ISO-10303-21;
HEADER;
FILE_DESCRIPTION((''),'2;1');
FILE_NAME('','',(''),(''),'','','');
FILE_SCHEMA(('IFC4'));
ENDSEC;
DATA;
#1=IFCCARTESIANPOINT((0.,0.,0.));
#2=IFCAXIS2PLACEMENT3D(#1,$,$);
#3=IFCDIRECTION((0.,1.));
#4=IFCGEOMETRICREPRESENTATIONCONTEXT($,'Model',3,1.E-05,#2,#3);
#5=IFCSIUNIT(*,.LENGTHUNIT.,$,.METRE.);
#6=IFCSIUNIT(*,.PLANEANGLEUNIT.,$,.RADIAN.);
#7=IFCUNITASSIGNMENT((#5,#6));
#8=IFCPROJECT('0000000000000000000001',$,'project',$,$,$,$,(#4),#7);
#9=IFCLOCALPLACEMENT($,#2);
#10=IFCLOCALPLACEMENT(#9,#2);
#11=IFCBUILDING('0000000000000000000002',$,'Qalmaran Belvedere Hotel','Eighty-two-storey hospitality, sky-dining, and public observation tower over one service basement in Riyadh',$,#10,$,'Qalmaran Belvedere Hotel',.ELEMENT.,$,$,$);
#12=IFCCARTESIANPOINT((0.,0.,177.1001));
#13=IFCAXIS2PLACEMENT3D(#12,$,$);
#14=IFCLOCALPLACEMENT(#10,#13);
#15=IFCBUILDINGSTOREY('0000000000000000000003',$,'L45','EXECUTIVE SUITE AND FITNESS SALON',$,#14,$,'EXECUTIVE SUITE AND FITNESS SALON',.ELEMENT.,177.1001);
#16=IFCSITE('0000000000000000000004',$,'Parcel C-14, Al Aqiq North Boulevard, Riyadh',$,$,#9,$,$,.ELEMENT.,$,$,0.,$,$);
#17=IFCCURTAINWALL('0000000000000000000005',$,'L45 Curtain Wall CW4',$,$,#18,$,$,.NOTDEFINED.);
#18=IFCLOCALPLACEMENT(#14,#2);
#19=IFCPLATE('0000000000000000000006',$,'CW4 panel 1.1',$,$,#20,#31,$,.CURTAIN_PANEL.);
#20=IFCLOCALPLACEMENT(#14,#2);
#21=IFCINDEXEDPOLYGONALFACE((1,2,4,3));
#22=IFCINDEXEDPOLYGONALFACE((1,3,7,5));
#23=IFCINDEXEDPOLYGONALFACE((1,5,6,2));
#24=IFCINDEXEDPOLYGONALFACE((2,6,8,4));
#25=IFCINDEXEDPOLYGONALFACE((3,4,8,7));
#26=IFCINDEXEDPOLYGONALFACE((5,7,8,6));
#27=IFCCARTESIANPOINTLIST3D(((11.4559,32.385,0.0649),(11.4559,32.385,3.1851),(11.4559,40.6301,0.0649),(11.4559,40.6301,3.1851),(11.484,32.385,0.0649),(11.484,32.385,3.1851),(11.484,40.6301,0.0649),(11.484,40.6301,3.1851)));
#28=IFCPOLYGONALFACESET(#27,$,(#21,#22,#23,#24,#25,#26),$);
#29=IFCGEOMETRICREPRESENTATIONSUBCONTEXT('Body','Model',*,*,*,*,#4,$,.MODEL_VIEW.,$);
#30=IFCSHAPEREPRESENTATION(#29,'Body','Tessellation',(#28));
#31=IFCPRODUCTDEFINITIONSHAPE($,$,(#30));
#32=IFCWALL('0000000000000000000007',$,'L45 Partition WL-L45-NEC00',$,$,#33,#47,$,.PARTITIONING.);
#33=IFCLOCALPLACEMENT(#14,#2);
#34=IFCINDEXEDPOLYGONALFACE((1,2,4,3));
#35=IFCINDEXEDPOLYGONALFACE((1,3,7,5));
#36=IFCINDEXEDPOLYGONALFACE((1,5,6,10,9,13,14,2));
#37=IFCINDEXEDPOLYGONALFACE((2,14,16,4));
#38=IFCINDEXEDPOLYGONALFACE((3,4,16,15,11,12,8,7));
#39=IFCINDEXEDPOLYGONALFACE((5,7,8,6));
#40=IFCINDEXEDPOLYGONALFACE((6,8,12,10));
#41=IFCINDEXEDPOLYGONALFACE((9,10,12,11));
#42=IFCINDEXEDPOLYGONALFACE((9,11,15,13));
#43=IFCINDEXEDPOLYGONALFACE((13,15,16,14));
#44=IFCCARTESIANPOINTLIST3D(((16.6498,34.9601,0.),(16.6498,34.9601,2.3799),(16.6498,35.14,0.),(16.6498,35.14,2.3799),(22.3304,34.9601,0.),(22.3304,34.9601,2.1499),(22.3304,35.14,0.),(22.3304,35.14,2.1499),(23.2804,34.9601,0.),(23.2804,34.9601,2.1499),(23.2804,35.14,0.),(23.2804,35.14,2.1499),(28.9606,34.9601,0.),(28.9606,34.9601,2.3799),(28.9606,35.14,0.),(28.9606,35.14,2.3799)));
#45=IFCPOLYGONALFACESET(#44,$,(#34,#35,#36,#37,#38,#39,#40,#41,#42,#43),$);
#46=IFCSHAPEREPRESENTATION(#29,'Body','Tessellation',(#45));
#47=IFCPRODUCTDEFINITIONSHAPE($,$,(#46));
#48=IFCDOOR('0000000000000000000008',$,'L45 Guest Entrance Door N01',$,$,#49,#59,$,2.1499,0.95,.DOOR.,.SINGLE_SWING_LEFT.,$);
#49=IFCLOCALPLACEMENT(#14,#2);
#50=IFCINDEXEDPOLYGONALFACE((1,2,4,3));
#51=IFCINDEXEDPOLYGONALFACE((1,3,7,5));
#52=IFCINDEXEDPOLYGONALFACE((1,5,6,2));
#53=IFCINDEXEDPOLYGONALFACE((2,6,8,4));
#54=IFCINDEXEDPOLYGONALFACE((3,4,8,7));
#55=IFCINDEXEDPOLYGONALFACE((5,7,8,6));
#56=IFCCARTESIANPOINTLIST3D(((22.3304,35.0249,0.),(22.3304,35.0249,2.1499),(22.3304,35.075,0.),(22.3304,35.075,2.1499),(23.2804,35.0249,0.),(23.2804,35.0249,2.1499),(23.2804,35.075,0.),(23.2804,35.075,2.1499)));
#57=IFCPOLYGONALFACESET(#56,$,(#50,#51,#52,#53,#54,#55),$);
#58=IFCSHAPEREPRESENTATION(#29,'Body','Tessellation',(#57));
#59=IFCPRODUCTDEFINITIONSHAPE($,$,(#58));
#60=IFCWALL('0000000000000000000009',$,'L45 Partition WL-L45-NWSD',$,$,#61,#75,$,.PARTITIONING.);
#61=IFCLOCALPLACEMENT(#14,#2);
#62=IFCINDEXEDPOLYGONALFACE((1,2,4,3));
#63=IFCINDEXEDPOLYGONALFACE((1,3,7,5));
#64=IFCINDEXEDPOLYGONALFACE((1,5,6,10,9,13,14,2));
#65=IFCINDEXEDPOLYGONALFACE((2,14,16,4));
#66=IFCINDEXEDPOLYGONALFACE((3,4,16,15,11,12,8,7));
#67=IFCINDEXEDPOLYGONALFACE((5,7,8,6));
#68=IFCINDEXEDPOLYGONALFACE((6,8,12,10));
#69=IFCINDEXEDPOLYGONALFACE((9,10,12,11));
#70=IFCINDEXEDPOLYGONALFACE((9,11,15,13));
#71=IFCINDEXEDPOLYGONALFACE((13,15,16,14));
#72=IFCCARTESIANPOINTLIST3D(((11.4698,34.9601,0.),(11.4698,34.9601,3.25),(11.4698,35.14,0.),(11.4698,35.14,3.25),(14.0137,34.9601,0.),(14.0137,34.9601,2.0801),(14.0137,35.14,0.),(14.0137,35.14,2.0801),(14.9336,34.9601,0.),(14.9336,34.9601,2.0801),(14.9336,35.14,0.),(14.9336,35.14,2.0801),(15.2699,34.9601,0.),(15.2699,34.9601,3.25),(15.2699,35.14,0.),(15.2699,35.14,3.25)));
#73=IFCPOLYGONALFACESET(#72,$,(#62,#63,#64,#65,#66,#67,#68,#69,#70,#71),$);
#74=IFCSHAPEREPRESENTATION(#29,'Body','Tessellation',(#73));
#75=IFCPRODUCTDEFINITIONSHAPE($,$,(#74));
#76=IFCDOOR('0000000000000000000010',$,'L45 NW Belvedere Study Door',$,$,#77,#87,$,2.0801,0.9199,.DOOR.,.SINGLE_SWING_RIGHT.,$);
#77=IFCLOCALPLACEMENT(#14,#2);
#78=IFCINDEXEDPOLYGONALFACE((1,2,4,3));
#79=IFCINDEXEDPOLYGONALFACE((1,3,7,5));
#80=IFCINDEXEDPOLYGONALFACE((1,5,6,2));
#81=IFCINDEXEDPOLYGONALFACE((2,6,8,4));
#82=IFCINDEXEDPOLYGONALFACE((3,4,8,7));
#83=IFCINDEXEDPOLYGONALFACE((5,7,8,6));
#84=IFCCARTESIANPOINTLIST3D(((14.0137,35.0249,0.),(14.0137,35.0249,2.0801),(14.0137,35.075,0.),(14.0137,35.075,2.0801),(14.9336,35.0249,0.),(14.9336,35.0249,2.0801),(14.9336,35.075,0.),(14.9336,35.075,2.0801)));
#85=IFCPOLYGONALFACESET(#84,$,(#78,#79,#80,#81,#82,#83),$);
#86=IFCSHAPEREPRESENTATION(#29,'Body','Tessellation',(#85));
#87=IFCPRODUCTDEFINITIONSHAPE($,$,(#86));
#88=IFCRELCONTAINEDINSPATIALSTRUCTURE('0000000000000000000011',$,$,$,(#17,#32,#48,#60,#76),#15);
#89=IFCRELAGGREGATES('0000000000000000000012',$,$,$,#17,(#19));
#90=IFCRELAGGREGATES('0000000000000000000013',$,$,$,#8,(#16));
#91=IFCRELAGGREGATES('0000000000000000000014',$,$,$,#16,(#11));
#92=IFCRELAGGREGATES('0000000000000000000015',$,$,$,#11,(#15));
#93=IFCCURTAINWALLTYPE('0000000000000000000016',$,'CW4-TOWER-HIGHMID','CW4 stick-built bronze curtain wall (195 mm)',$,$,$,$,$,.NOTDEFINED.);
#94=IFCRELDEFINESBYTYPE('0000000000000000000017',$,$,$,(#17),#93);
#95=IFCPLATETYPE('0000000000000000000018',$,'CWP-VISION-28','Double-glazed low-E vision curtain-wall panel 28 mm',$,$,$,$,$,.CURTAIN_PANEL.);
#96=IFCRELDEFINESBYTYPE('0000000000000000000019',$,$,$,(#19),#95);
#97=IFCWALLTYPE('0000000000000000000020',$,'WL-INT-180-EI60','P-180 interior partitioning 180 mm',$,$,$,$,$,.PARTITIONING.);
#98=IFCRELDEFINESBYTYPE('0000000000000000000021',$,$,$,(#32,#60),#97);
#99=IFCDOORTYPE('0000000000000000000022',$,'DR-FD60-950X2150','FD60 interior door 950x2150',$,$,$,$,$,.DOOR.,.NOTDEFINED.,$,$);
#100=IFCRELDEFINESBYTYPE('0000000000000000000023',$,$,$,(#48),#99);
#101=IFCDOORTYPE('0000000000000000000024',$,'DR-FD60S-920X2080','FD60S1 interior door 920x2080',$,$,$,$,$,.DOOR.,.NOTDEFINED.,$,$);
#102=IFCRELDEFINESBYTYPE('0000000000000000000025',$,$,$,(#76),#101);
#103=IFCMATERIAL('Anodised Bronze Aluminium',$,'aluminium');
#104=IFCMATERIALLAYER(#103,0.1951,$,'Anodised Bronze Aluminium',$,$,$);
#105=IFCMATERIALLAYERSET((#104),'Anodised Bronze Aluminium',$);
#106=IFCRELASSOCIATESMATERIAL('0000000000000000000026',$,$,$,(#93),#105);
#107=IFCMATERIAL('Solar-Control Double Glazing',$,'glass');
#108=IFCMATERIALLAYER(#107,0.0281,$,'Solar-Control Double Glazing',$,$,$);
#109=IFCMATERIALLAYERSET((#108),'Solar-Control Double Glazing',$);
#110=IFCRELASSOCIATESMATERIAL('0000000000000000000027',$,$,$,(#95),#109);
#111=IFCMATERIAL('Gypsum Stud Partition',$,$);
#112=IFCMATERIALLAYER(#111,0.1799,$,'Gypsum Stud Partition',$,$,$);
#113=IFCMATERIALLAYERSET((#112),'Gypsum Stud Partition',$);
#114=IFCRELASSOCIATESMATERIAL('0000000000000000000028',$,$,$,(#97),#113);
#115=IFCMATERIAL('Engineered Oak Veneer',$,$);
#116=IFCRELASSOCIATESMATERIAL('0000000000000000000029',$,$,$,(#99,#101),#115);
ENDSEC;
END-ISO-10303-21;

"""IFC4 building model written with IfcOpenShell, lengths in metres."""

from ifc_helpers import new_model, si_unit, direction, frame, frame_2d, origin, origin_2d, place, context, subcontext, project, spatial, rectangle, extrude, material, layer, layer_set, type_object, element, fill, aggregate, save


model = new_model("IFC4")

# Units and contexts
model_context = context("Model", 3, precision=1e-05, world=origin(), true_north=direction((0.0, 1.0)))
body_context = subcontext(model_context, "Body", "Model", "MODEL_VIEW")
ifc_project = project(units=[si_unit("LENGTHUNIT", "METRE"), si_unit("PLANEANGLEUNIT", "RADIAN")], contexts=[model_context])

# Site, building, storey
site_placement = place(None, origin())
site = spatial("IfcSite", under=ifc_project, at=site_placement, Name="Parcel C-14, Al Aqiq North Boulevard, Riyadh", CompositionType="ELEMENT", RefElevation=0.0)
building_placement = place(site_placement, origin())
building = spatial("IfcBuilding", under=site, at=building_placement, Name="Qalmaran Belvedere Hotel", Description="Eighty-two-storey hospitality, sky-dining, and public observation tower over one service basement in Riyadh", LongName="Qalmaran Belvedere Hotel", CompositionType="ELEMENT")
storey_placement = place(building_placement, frame((0.0, 0.0, 177.1001)))
storey = spatial("IfcBuildingStorey", under=building, at=storey_placement, Name="L45", Description="EXECUTIVE SUITE AND FITNESS SALON", LongName="EXECUTIVE SUITE AND FITNESS SALON", CompositionType="ELEMENT", Elevation=177.1001)

# Shared definitions
ifc_material_1 = material(Name="Anodised Bronze Aluminium", Category="aluminium")
ifc_layer_1 = layer(ifc_material_1, 0.1951, Name="Anodised Bronze Aluminium")
ifc_layer_set_1 = layer_set([ifc_layer_1], Name="Anodised Bronze Aluminium")
curtain_wall_type = type_object("IfcCurtainWallType", Name="CW4-TOWER-HIGHMID", Description="CW4 stick-built bronze curtain wall (195 mm)", PredefinedType="NOTDEFINED", material=ifc_layer_set_1)

# Curtain wall
curtain_wall_1_placement = place(storey_placement, origin())
curtain_wall_1 = element("IfcCurtainWall", 1, at=curtain_wall_1_placement, inside=storey, type_object=curtain_wall_type, Name="L45 Curtain Wall CW4", PredefinedType="NOTDEFINED")

# Plate
ifc_material_2 = material(Name="Solar-Control Double Glazing", Category="glass")
ifc_layer_2 = layer(ifc_material_2, 0.0281, Name="Solar-Control Double Glazing")
ifc_layer_set_2 = layer_set([ifc_layer_2], Name="Solar-Control Double Glazing")
plate_type = type_object("IfcPlateType", Name="CWP-VISION-28", Description="Double-glazed low-E vision curtain-wall panel 28 mm", PredefinedType="CURTAIN_PANEL", material=ifc_layer_set_2)
plate_1_placement = place(storey_placement, frame((11.47, 36.5076, 0.0649), z_axis=(0.0, 0.0, 1.0), x_axis=(0.0, -1.0, 0.0)))
plate_1 = element("IfcPlate", 2, at=plate_1_placement, type_object=plate_type, Name="CW4 panel 1.1", PredefinedType="CURTAIN_PANEL", context=body_context, shape_type="SweptSolid", body=[
    extrude(rectangle(XDim=8.2451, YDim=0.0281, at=origin_2d()), origin(), (0.0, 0.0, 1.0), 3.1201),
])
aggregate(curtain_wall_1, [plate_1])

# Walls, openings, doors
ifc_material_3 = material(Name="Gypsum Stud Partition")
ifc_layer_3 = layer(ifc_material_3, 0.1799, Name="Gypsum Stud Partition")
ifc_layer_set_3 = layer_set([ifc_layer_3], Name="Gypsum Stud Partition")
wall_type = type_object("IfcWallType", Name="WL-INT-180-EI60", Description="P-180 interior partitioning 180 mm", PredefinedType="PARTITIONING", material=ifc_layer_set_3)
wall_1_placement = place(storey_placement, frame((16.6499, 35.05, 0.0), z_axis=(0.0, 0.0, 1.0), x_axis=(1.0, 0.0, 0.0)))
wall_1 = element("IfcWall", 3, at=wall_1_placement, inside=storey, type_object=wall_type, Name="L45 Partition WL-L45-NEC00", PredefinedType="PARTITIONING", context=body_context, shape_type="SweptSolid", body=[
    extrude(rectangle(XDim=12.3108, YDim=0.1799, at=frame_2d((6.1553, 0.0))), origin(), (0.0, 0.0, 1.0), 2.3799),
])
opening_1_placement = place(wall_1_placement, frame((5.6804, 0.0, 0.0)))
opening_1 = element("IfcOpeningElement", 4, at=opening_1_placement, cuts=wall_1, PredefinedType="OPENING", context=body_context, shape_type="SweptSolid", body=[
    extrude(rectangle(XDim=0.95, YDim=2.1499, at=frame_2d((0.4751, 1.075))), frame((0.0, 0.1001, 0.0), z_axis=(0.0, -1.0, 0.0), x_axis=(1.0, 0.0, 0.0)), (0.0, 0.0, 1.0), 0.2),
])
ifc_material_4 = material(Name="Engineered Oak Veneer")
door_type_1 = type_object("IfcDoorType", Name="DR-FD60-950X2150", Description="FD60 interior door 950x2150", OperationType="NOTDEFINED", PredefinedType="DOOR", material=ifc_material_4)
door_1_placement = place(opening_1_placement, origin())
door_1 = element("IfcDoor", 5, at=door_1_placement, inside=storey, type_object=door_type_1, Name="L45 Guest Entrance Door N01", OperationType="SINGLE_SWING_LEFT", OverallHeight=2.1499, OverallWidth=0.95, PredefinedType="DOOR", context=body_context, shape_type="SweptSolid", body=[
    extrude(rectangle(XDim=0.95, YDim=2.1499, at=frame_2d((0.4751, 1.075))), frame((0.0, 0.0249, 0.0), z_axis=(0.0, -1.0, 0.0), x_axis=(1.0, 0.0, 0.0)), (0.0, 0.0, 1.0), 0.05),
])
fill(opening_1, door_1)
wall_2_placement = place(storey_placement, frame((11.47, 35.05, 0.0), z_axis=(0.0, 0.0, 1.0), x_axis=(1.0, 0.0, 0.0)))
wall_2 = element("IfcWall", 6, at=wall_2_placement, inside=storey, type_object=wall_type, Name="L45 Partition WL-L45-NWSD", PredefinedType="PARTITIONING", context=body_context, shape_type="SweptSolid", body=[
    extrude(rectangle(XDim=3.8, YDim=0.1799, at=frame_2d((1.8999, 0.0))), origin(), (0.0, 0.0, 1.0), 3.25),
])
opening_2_placement = place(wall_2_placement, frame((2.5437, 0.0, 0.0)))
opening_2 = element("IfcOpeningElement", 7, at=opening_2_placement, cuts=wall_2, PredefinedType="OPENING", context=body_context, shape_type="SweptSolid", body=[
    extrude(rectangle(XDim=0.9199, YDim=2.0801, at=frame_2d((0.46, 1.04))), frame((0.0, 0.1001, 0.0), z_axis=(0.0, -1.0, 0.0), x_axis=(1.0, 0.0, 0.0)), (0.0, 0.0, 1.0), 0.2),
])
door_type_2 = type_object("IfcDoorType", Name="DR-FD60S-920X2080", Description="FD60S1 interior door 920x2080", OperationType="NOTDEFINED", PredefinedType="DOOR", material=ifc_material_4)
door_2_placement = place(opening_2_placement, origin())
door_2 = element("IfcDoor", 8, at=door_2_placement, inside=storey, type_object=door_type_2, Name="L45 NW Belvedere Study Door", OperationType="SINGLE_SWING_RIGHT", OverallHeight=2.0801, OverallWidth=0.9199, PredefinedType="DOOR", context=body_context, shape_type="SweptSolid", body=[
    extrude(rectangle(XDim=0.9199, YDim=2.0801, at=frame_2d((0.46, 1.04))), frame((0.0, 0.0249, 0.0), z_axis=(0.0, -1.0, 0.0), x_axis=(1.0, 0.0, 0.0)), (0.0, 0.0, 1.0), 0.05),
])
fill(opening_2, door_2)

save(model, "model.ifc")
